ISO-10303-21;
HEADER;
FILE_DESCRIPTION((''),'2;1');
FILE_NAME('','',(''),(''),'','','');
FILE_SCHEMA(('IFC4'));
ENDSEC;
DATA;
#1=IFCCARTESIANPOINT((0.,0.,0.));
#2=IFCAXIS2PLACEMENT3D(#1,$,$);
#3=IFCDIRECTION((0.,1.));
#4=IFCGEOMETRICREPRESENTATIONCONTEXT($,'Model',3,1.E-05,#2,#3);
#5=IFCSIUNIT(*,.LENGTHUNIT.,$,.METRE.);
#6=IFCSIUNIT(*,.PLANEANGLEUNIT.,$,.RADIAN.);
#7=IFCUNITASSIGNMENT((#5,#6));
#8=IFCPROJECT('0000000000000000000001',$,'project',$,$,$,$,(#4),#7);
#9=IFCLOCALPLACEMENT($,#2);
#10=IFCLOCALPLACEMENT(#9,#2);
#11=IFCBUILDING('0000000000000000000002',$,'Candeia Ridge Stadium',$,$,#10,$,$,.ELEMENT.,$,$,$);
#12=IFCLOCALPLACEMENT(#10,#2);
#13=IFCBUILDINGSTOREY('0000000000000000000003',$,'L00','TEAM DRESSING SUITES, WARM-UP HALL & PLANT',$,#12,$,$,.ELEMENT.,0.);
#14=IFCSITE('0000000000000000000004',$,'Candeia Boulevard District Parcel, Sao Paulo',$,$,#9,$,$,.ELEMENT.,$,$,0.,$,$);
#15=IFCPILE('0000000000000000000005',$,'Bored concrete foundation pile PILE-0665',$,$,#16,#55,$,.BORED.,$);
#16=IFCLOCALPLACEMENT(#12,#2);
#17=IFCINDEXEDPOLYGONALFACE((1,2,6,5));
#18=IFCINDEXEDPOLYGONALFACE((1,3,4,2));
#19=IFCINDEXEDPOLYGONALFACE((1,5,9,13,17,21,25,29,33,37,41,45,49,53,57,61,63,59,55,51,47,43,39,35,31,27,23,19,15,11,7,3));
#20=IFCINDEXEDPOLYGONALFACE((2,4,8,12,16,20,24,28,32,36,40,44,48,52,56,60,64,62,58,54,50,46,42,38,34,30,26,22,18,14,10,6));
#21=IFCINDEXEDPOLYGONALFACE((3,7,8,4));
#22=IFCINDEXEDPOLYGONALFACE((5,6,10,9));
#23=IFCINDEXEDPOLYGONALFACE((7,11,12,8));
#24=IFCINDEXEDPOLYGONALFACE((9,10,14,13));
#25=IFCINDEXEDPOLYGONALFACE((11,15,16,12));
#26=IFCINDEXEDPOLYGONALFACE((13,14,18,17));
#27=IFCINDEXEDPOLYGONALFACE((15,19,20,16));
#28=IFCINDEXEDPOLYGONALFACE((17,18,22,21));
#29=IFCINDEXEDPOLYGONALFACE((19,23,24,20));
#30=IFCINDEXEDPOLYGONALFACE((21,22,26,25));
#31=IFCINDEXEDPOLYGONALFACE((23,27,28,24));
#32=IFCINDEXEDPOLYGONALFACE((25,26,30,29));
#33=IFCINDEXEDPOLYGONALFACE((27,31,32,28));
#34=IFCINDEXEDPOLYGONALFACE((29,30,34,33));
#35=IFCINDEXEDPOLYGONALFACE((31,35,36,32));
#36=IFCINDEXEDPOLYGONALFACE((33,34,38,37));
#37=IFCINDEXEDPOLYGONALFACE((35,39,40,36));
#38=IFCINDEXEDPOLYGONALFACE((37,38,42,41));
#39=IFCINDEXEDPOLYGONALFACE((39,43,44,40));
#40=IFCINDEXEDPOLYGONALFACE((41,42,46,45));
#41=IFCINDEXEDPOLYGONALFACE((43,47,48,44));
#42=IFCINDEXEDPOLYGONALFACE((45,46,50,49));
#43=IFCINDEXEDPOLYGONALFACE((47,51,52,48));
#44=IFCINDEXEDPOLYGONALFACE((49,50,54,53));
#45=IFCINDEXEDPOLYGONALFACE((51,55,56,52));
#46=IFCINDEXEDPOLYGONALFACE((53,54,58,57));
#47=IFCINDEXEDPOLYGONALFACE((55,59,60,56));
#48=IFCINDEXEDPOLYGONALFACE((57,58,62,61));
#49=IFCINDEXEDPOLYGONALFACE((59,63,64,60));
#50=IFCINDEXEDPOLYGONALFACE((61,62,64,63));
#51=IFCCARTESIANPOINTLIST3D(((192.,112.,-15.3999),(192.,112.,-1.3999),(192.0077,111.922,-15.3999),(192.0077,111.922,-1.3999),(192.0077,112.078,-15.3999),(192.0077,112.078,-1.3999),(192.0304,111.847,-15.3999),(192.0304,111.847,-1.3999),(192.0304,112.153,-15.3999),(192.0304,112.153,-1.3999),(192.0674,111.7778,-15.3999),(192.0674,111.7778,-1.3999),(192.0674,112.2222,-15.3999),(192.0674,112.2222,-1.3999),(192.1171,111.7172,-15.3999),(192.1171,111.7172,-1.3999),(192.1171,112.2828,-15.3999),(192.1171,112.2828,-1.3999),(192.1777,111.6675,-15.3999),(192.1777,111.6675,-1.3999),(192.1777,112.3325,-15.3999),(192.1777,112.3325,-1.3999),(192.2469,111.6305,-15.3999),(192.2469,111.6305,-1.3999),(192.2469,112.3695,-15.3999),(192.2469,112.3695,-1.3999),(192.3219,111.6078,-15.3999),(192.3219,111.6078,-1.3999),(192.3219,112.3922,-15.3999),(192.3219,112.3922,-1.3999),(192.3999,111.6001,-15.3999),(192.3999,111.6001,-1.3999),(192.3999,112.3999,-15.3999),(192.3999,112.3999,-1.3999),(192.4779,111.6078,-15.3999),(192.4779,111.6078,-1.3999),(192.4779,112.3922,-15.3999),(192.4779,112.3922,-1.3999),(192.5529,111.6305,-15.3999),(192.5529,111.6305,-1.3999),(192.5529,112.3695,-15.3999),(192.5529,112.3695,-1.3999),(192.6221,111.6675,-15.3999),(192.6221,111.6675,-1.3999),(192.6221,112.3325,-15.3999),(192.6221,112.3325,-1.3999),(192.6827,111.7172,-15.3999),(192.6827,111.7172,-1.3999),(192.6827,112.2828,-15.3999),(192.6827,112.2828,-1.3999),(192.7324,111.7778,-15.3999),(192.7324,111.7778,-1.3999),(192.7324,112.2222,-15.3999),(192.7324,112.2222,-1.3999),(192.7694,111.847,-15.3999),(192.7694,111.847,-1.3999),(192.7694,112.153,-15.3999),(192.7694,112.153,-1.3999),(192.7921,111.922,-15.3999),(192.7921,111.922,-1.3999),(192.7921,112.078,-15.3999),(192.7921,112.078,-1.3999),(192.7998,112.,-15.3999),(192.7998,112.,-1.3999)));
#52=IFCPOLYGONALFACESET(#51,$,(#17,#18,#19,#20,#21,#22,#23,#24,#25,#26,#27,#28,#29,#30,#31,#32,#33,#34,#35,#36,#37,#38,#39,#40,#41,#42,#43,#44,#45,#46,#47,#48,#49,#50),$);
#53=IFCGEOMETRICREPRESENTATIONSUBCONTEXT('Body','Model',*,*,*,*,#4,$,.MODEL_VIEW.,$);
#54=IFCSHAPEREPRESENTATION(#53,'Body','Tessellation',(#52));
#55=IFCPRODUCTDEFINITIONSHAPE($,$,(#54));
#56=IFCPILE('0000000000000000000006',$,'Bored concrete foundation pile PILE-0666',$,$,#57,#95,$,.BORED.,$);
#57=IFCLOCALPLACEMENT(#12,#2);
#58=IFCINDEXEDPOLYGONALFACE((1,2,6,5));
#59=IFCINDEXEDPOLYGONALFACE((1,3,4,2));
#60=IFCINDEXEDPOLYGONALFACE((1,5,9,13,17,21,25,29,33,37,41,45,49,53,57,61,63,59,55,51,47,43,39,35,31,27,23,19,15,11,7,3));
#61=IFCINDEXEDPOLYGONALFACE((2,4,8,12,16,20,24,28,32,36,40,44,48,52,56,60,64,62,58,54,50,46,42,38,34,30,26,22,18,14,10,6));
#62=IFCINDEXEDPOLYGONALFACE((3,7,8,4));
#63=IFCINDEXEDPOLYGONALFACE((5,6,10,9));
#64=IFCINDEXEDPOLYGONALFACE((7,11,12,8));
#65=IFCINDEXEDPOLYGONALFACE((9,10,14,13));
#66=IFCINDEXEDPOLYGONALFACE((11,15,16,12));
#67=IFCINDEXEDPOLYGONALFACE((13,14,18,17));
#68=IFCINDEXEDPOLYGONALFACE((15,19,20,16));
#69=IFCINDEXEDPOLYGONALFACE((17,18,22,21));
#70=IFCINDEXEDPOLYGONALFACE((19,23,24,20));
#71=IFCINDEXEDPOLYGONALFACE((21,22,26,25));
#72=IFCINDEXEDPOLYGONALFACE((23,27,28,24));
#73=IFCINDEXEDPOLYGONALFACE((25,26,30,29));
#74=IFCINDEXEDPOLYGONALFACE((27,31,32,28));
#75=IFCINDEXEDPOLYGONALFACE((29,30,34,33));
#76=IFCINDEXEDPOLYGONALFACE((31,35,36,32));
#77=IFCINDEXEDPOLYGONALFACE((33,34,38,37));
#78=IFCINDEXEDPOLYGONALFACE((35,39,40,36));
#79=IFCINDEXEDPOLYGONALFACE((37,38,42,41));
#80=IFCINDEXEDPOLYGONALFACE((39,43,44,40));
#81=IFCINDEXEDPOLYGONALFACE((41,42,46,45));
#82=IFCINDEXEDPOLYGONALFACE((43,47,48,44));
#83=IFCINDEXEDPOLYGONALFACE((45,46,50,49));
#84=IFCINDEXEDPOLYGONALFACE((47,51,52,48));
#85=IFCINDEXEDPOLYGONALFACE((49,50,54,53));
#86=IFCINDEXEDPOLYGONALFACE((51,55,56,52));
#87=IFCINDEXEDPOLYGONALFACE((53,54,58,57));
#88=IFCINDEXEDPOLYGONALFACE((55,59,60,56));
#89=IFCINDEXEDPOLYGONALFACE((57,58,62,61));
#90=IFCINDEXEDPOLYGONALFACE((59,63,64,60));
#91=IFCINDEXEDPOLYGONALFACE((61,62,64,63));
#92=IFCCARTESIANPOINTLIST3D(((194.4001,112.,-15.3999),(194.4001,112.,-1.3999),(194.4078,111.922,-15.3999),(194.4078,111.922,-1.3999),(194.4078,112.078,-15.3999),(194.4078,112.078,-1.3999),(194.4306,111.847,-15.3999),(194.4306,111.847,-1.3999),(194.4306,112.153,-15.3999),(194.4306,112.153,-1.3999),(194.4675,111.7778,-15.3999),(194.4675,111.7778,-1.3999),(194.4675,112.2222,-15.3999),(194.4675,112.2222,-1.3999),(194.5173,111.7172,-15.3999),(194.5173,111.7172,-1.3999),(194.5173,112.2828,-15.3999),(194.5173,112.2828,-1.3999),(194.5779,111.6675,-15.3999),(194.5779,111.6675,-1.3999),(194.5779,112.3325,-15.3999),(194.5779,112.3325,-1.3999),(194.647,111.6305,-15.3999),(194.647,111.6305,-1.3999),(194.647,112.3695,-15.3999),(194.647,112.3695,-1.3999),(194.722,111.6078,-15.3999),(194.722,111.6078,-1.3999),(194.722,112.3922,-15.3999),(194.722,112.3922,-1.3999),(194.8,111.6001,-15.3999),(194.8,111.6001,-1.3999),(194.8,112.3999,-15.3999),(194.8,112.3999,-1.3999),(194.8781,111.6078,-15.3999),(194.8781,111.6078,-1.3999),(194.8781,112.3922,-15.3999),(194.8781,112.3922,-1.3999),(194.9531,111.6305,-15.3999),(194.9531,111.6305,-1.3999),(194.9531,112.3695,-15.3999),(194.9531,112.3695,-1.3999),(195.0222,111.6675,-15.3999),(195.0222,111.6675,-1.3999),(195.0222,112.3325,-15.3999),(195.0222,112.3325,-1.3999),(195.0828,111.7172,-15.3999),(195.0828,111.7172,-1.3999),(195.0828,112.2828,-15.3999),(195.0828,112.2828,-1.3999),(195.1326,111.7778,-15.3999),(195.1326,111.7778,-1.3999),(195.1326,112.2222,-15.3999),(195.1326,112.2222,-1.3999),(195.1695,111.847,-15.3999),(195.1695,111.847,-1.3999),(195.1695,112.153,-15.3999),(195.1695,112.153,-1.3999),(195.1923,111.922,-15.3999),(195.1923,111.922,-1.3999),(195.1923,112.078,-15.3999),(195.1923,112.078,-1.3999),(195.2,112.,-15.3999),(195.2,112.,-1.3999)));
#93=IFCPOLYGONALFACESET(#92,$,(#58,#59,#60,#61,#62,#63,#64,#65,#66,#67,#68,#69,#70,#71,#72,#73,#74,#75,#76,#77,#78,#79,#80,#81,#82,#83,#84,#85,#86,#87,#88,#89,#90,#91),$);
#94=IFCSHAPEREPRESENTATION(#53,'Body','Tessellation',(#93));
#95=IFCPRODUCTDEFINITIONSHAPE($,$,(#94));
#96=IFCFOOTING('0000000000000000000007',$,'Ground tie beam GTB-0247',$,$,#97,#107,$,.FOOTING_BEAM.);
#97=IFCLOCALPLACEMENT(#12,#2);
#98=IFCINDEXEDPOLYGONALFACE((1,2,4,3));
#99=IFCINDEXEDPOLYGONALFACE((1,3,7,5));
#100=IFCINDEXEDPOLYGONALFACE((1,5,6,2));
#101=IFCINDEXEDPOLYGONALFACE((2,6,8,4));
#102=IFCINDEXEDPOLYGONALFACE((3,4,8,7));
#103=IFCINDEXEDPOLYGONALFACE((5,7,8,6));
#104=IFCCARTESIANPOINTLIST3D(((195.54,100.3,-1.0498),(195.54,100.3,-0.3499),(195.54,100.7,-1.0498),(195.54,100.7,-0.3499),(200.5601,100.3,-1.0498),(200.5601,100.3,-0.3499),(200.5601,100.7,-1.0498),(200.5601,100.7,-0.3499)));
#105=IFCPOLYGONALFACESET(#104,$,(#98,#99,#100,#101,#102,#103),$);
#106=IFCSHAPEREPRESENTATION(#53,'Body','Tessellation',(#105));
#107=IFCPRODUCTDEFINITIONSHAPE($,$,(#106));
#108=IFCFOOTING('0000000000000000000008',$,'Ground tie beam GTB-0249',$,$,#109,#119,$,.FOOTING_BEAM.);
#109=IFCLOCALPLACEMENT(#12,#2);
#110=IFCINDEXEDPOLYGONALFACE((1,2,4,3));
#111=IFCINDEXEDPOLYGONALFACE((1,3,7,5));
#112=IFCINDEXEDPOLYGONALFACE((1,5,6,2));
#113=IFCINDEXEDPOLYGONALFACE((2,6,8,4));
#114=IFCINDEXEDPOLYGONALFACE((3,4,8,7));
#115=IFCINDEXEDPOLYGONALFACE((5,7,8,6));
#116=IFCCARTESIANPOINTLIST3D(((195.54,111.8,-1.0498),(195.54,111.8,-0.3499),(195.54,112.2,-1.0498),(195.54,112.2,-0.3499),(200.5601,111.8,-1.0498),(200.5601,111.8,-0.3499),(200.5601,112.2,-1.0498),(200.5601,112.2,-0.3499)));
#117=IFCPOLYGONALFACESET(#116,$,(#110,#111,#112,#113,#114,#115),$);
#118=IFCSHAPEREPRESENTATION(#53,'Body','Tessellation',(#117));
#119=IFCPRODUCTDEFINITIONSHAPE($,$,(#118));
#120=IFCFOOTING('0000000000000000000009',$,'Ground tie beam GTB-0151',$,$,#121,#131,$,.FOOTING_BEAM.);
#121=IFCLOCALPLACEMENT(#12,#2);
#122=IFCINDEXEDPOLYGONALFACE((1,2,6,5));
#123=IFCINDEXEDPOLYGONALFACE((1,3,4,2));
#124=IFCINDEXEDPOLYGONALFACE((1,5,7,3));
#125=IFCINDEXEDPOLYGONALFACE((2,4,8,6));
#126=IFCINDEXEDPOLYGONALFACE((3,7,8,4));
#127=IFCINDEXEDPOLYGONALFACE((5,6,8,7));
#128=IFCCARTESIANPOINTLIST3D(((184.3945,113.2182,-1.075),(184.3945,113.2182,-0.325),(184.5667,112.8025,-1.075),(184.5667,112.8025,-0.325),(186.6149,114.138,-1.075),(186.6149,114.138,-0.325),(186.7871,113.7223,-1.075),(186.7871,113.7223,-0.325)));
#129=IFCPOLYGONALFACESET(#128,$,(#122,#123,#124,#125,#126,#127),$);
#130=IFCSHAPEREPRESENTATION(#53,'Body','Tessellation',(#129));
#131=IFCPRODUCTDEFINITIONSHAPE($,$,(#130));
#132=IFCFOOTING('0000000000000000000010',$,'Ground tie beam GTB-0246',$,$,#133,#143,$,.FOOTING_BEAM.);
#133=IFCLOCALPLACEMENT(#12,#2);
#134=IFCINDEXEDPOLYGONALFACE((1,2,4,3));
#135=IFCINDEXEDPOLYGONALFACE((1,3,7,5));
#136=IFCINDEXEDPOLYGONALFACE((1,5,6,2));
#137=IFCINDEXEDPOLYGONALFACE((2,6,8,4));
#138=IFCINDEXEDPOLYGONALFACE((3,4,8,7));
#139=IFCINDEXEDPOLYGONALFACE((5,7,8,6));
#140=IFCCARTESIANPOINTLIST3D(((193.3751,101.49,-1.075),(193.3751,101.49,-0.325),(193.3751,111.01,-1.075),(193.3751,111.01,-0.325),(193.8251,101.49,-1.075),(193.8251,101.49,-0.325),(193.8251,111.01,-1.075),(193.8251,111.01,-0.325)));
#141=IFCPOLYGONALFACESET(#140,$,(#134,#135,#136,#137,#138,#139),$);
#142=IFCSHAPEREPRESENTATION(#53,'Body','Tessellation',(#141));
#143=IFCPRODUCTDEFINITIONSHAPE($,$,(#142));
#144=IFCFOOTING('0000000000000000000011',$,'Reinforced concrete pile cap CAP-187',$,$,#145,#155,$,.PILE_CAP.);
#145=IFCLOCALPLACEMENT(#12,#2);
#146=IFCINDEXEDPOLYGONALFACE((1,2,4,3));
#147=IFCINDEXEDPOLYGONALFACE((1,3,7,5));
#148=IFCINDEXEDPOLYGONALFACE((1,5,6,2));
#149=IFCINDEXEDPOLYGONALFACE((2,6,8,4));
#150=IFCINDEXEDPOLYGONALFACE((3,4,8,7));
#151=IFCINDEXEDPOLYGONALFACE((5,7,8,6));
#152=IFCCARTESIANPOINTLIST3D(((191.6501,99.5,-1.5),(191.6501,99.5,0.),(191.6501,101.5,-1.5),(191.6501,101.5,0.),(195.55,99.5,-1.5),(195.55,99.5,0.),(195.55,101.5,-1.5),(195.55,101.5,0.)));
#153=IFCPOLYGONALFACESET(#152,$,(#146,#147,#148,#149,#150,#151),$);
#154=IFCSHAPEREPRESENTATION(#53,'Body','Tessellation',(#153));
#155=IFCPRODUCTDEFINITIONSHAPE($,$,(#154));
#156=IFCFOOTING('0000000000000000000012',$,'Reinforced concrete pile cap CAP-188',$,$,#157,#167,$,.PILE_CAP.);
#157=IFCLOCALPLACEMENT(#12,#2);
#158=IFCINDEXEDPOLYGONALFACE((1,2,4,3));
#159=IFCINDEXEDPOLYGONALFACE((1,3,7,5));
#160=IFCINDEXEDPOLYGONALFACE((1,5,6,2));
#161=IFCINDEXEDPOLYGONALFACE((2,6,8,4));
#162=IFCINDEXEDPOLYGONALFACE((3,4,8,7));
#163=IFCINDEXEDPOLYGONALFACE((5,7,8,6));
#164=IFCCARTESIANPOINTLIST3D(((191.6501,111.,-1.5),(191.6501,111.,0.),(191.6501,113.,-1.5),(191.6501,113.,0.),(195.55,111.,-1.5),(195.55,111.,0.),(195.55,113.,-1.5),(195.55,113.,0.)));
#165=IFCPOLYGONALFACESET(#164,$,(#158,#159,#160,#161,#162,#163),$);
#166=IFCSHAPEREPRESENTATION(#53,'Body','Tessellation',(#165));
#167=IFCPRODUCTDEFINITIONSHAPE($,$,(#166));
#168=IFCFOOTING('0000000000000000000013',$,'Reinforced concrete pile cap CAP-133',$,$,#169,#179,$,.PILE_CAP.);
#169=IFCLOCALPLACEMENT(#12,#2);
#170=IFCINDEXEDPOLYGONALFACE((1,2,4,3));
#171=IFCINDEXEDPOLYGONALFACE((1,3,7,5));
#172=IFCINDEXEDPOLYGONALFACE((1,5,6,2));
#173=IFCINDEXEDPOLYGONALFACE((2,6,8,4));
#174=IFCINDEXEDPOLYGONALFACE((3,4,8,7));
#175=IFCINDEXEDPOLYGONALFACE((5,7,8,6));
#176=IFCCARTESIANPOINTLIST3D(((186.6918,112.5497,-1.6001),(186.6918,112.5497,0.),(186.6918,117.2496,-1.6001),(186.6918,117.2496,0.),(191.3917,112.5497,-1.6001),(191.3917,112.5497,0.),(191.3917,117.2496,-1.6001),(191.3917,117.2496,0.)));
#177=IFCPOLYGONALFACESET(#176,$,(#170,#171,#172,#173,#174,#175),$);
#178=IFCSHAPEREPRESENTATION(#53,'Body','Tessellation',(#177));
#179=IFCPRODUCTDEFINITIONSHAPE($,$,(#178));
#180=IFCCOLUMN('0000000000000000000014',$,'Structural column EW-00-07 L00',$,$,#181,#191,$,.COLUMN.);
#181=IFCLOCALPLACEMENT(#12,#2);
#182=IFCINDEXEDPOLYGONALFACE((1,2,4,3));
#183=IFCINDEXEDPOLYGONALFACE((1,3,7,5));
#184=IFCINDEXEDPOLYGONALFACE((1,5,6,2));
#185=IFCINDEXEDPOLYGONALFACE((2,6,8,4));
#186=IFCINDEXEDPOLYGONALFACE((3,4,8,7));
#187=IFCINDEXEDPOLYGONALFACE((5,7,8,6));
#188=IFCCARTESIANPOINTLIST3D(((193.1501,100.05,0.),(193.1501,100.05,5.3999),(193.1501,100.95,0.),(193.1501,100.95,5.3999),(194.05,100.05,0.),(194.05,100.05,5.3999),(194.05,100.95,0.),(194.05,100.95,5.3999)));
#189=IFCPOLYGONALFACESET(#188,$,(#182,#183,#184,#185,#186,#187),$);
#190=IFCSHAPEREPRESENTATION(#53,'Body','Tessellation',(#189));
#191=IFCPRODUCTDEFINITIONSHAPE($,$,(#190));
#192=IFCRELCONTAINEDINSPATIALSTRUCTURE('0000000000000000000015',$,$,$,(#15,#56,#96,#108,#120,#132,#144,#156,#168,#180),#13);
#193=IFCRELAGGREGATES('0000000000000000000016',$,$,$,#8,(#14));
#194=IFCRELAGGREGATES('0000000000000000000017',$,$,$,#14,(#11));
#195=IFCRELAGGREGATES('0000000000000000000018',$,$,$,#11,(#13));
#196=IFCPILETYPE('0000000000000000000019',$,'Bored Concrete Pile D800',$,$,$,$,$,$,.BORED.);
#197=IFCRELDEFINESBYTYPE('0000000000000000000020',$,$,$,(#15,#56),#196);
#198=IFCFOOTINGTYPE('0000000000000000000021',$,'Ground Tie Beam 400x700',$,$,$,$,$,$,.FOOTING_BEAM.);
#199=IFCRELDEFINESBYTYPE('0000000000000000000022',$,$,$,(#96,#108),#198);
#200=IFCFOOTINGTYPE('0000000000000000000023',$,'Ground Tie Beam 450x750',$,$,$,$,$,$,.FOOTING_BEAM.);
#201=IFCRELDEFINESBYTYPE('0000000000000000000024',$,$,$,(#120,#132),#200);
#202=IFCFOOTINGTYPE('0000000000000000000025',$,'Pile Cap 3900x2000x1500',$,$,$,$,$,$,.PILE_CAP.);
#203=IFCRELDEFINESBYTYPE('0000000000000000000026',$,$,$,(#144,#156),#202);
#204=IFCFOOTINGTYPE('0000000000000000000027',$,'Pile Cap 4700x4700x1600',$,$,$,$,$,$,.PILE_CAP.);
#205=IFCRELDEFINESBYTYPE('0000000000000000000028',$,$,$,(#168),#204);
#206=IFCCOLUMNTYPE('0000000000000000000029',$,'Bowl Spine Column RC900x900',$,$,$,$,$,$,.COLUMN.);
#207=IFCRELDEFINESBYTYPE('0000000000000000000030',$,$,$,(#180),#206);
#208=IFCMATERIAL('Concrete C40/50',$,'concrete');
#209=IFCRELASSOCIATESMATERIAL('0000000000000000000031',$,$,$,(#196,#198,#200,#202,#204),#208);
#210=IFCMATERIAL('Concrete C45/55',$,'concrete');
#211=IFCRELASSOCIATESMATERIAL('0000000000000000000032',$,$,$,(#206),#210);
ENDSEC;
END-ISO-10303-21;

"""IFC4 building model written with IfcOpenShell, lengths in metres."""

from ifc_helpers import new_model, si_unit, direction, frame, origin, origin_2d, place, context, subcontext, project, spatial, rectangle, circle, extrude, material, material_profile, profile_set, type_object, element, save


model = new_model("IFC4")

# Units and contexts
model_context = context("Model", 3, precision=1e-05, world=origin(), true_north=direction((0.0, 1.0)))
body_context = subcontext(model_context, "Body", "Model", "MODEL_VIEW")
ifc_project = project(units=[si_unit("LENGTHUNIT", "METRE"), si_unit("PLANEANGLEUNIT", "RADIAN")], contexts=[model_context])

# Site, building, storey
site_placement = place(None, origin())
site = spatial("IfcSite", under=ifc_project, at=site_placement, Name="Candeia Boulevard District Parcel, Sao Paulo", CompositionType="ELEMENT", RefElevation=0.0)
building_placement = place(site_placement, origin())
building = spatial("IfcBuilding", under=site, at=building_placement, Name="Candeia Ridge Stadium", CompositionType="ELEMENT")
storey_placement = place(building_placement, origin())
storey = spatial("IfcBuildingStorey", under=building, at=storey_placement, Name="L00", Description="TEAM DRESSING SUITES, WARM-UP HALL & PLANT", CompositionType="ELEMENT", Elevation=0.0)

# Piles
ifc_material_1 = material(Name="Concrete C40/50", Category="concrete")
ifc_material_profile_1 = material_profile(ifc_material_1, circle(Radius=0.3999, at=origin_2d()), Name="PILE-D800", Category="concrete")
ifc_profile_set_1 = profile_set([ifc_material_profile_1], Name="Concrete C40/50")
pile_type_1 = type_object("IfcPileType", Name="Bored Concrete Pile D800", PredefinedType="BORED", material=ifc_profile_set_1)
for number, where, z_axis, x_axis, name in (
    (1, (192.3999, 112.0, -1.3999), (0.0, 0.0, -1.0), (1.0, 0.0, 0.0), "Bored concrete foundation pile PILE-0665"),
    (2, (194.8, 112.0, -1.3999), (0.0, 0.0, -1.0), (1.0, 0.0, 0.0), "Bored concrete foundation pile PILE-0666"),
):
    element("IfcPile", number, at=place(storey_placement, frame(where, z_axis=z_axis, x_axis=x_axis)), inside=storey, type_object=pile_type_1, Name=name, PredefinedType="BORED", context=body_context, shape_type="SweptSolid", body=[
        extrude(circle(Radius=0.3999, at=origin_2d()), origin(), (0.0, 0.0, 1.0), 14.0),
    ])

# Footings
footing_type_1 = type_object("IfcFootingType", Name="Ground Tie Beam 400x700", PredefinedType="FOOTING_BEAM", material=ifc_material_1)
for number, where, z_axis, x_axis, name in (
    (3, (198.05, 100.5, -1.0498), (0.0, 0.0, 1.0), (1.0, 0.0, 0.0), "Ground tie beam GTB-0247"),
    (4, (198.05, 112.0, -1.0498), (0.0, 0.0, 1.0), (1.0, 0.0, 0.0), "Ground tie beam GTB-0249"),
):
    element("IfcFooting", number, at=place(storey_placement, frame(where, z_axis=z_axis, x_axis=x_axis)), inside=storey, type_object=footing_type_1, Name=name, PredefinedType="FOOTING_BEAM", context=body_context, shape_type="SweptSolid", body=[
        extrude(rectangle(XDim=5.02, YDim=0.3999, at=origin_2d()), origin(), (0.0, 0.0, 1.0), 0.7),
    ])
footing_type_2 = type_object("IfcFootingType", Name="Ground Tie Beam 450x750", PredefinedType="FOOTING_BEAM", material=ifc_material_1)
footing_1_placement = place(storey_placement, frame((185.5908, 113.4702, -1.075), z_axis=(0.0, 0.0, 1.0), x_axis=(0.923868, 0.382712, 0.0)))
element("IfcFooting", 5, at=footing_1_placement, inside=storey, type_object=footing_type_2, Name="Ground tie beam GTB-0151", PredefinedType="FOOTING_BEAM", context=body_context, shape_type="SweptSolid", body=[
    extrude(rectangle(XDim=2.4033, YDim=0.45, at=origin_2d()), origin(), (0.0, 0.0, 1.0), 0.75),
])
footing_2_placement = place(storey_placement, frame((193.6001, 106.25, -1.075), z_axis=(0.0, 0.0, 1.0), x_axis=(0.0, 1.0, 0.0)))
element("IfcFooting", 6, at=footing_2_placement, inside=storey, type_object=footing_type_2, Name="Ground tie beam GTB-0246", PredefinedType="FOOTING_BEAM", context=body_context, shape_type="SweptSolid", body=[
    extrude(rectangle(XDim=9.52, YDim=0.45, at=origin_2d()), origin(), (0.0, 0.0, 1.0), 0.75),
])
footing_type_3 = type_object("IfcFootingType", Name="Pile Cap 3900x2000x1500", PredefinedType="PILE_CAP", material=ifc_material_1)
for number, where, z_axis, x_axis, name in (
    (7, (193.6001, 100.5, -1.5), (0.0, 0.0, 1.0), (1.0, 0.0, 0.0), "Reinforced concrete pile cap CAP-187"),
    (8, (193.6001, 112.0, -1.5), (0.0, 0.0, 1.0), (1.0, 0.0, 0.0), "Reinforced concrete pile cap CAP-188"),
):
    element("IfcFooting", number, at=place(storey_placement, frame(where, z_axis=z_axis, x_axis=x_axis)), inside=storey, type_object=footing_type_3, Name=name, PredefinedType="PILE_CAP", context=body_context, shape_type="SweptSolid", body=[
        extrude(rectangle(XDim=3.8999, YDim=2.0, at=origin_2d()), origin(), (0.0, 0.0, 1.0), 1.5),
    ])
footing_type_4 = type_object("IfcFootingType", Name="Pile Cap 4700x4700x1600", PredefinedType="PILE_CAP", material=ifc_material_1)
footing_3_placement = place(storey_placement, frame((189.0417, 114.8997, -1.6001), z_axis=(0.0, 0.0, 1.0), x_axis=(1.0, 0.0, 0.0)))
element("IfcFooting", 9, at=footing_3_placement, inside=storey, type_object=footing_type_4, Name="Reinforced concrete pile cap CAP-133", PredefinedType="PILE_CAP", context=body_context, shape_type="SweptSolid", body=[
    extrude(rectangle(XDim=4.7, YDim=4.7, at=origin_2d()), origin(), (0.0, 0.0, 1.0), 1.6001),
])

# Column
ifc_material_2 = material(Name="Concrete C45/55", Category="concrete")
ifc_material_profile_2 = material_profile(ifc_material_2, rectangle(XDim=0.8999, YDim=0.8999, at=origin_2d()), Name="RC900x900", Category="concrete")
ifc_profile_set_2 = profile_set([ifc_material_profile_2], Name="Concrete C45/55")
column_type_1 = type_object("IfcColumnType", Name="Bowl Spine Column RC900x900", PredefinedType="COLUMN", material=ifc_profile_set_2)
column_1_placement = place(storey_placement, frame((193.6001, 100.5, 0.0), z_axis=(0.0, 0.0, 1.0), x_axis=(1.0, 0.0, 0.0)))
element("IfcColumn", 10, at=column_1_placement, inside=storey, type_object=column_type_1, Name="Structural column EW-00-07 L00", PredefinedType="COLUMN", context=body_context, shape_type="SweptSolid", body=[
    extrude(rectangle(XDim=0.8999, YDim=0.8999, at=origin_2d()), origin(), (0.0, 0.0, 1.0), 5.3999),
])

save(model, "model.ifc")
